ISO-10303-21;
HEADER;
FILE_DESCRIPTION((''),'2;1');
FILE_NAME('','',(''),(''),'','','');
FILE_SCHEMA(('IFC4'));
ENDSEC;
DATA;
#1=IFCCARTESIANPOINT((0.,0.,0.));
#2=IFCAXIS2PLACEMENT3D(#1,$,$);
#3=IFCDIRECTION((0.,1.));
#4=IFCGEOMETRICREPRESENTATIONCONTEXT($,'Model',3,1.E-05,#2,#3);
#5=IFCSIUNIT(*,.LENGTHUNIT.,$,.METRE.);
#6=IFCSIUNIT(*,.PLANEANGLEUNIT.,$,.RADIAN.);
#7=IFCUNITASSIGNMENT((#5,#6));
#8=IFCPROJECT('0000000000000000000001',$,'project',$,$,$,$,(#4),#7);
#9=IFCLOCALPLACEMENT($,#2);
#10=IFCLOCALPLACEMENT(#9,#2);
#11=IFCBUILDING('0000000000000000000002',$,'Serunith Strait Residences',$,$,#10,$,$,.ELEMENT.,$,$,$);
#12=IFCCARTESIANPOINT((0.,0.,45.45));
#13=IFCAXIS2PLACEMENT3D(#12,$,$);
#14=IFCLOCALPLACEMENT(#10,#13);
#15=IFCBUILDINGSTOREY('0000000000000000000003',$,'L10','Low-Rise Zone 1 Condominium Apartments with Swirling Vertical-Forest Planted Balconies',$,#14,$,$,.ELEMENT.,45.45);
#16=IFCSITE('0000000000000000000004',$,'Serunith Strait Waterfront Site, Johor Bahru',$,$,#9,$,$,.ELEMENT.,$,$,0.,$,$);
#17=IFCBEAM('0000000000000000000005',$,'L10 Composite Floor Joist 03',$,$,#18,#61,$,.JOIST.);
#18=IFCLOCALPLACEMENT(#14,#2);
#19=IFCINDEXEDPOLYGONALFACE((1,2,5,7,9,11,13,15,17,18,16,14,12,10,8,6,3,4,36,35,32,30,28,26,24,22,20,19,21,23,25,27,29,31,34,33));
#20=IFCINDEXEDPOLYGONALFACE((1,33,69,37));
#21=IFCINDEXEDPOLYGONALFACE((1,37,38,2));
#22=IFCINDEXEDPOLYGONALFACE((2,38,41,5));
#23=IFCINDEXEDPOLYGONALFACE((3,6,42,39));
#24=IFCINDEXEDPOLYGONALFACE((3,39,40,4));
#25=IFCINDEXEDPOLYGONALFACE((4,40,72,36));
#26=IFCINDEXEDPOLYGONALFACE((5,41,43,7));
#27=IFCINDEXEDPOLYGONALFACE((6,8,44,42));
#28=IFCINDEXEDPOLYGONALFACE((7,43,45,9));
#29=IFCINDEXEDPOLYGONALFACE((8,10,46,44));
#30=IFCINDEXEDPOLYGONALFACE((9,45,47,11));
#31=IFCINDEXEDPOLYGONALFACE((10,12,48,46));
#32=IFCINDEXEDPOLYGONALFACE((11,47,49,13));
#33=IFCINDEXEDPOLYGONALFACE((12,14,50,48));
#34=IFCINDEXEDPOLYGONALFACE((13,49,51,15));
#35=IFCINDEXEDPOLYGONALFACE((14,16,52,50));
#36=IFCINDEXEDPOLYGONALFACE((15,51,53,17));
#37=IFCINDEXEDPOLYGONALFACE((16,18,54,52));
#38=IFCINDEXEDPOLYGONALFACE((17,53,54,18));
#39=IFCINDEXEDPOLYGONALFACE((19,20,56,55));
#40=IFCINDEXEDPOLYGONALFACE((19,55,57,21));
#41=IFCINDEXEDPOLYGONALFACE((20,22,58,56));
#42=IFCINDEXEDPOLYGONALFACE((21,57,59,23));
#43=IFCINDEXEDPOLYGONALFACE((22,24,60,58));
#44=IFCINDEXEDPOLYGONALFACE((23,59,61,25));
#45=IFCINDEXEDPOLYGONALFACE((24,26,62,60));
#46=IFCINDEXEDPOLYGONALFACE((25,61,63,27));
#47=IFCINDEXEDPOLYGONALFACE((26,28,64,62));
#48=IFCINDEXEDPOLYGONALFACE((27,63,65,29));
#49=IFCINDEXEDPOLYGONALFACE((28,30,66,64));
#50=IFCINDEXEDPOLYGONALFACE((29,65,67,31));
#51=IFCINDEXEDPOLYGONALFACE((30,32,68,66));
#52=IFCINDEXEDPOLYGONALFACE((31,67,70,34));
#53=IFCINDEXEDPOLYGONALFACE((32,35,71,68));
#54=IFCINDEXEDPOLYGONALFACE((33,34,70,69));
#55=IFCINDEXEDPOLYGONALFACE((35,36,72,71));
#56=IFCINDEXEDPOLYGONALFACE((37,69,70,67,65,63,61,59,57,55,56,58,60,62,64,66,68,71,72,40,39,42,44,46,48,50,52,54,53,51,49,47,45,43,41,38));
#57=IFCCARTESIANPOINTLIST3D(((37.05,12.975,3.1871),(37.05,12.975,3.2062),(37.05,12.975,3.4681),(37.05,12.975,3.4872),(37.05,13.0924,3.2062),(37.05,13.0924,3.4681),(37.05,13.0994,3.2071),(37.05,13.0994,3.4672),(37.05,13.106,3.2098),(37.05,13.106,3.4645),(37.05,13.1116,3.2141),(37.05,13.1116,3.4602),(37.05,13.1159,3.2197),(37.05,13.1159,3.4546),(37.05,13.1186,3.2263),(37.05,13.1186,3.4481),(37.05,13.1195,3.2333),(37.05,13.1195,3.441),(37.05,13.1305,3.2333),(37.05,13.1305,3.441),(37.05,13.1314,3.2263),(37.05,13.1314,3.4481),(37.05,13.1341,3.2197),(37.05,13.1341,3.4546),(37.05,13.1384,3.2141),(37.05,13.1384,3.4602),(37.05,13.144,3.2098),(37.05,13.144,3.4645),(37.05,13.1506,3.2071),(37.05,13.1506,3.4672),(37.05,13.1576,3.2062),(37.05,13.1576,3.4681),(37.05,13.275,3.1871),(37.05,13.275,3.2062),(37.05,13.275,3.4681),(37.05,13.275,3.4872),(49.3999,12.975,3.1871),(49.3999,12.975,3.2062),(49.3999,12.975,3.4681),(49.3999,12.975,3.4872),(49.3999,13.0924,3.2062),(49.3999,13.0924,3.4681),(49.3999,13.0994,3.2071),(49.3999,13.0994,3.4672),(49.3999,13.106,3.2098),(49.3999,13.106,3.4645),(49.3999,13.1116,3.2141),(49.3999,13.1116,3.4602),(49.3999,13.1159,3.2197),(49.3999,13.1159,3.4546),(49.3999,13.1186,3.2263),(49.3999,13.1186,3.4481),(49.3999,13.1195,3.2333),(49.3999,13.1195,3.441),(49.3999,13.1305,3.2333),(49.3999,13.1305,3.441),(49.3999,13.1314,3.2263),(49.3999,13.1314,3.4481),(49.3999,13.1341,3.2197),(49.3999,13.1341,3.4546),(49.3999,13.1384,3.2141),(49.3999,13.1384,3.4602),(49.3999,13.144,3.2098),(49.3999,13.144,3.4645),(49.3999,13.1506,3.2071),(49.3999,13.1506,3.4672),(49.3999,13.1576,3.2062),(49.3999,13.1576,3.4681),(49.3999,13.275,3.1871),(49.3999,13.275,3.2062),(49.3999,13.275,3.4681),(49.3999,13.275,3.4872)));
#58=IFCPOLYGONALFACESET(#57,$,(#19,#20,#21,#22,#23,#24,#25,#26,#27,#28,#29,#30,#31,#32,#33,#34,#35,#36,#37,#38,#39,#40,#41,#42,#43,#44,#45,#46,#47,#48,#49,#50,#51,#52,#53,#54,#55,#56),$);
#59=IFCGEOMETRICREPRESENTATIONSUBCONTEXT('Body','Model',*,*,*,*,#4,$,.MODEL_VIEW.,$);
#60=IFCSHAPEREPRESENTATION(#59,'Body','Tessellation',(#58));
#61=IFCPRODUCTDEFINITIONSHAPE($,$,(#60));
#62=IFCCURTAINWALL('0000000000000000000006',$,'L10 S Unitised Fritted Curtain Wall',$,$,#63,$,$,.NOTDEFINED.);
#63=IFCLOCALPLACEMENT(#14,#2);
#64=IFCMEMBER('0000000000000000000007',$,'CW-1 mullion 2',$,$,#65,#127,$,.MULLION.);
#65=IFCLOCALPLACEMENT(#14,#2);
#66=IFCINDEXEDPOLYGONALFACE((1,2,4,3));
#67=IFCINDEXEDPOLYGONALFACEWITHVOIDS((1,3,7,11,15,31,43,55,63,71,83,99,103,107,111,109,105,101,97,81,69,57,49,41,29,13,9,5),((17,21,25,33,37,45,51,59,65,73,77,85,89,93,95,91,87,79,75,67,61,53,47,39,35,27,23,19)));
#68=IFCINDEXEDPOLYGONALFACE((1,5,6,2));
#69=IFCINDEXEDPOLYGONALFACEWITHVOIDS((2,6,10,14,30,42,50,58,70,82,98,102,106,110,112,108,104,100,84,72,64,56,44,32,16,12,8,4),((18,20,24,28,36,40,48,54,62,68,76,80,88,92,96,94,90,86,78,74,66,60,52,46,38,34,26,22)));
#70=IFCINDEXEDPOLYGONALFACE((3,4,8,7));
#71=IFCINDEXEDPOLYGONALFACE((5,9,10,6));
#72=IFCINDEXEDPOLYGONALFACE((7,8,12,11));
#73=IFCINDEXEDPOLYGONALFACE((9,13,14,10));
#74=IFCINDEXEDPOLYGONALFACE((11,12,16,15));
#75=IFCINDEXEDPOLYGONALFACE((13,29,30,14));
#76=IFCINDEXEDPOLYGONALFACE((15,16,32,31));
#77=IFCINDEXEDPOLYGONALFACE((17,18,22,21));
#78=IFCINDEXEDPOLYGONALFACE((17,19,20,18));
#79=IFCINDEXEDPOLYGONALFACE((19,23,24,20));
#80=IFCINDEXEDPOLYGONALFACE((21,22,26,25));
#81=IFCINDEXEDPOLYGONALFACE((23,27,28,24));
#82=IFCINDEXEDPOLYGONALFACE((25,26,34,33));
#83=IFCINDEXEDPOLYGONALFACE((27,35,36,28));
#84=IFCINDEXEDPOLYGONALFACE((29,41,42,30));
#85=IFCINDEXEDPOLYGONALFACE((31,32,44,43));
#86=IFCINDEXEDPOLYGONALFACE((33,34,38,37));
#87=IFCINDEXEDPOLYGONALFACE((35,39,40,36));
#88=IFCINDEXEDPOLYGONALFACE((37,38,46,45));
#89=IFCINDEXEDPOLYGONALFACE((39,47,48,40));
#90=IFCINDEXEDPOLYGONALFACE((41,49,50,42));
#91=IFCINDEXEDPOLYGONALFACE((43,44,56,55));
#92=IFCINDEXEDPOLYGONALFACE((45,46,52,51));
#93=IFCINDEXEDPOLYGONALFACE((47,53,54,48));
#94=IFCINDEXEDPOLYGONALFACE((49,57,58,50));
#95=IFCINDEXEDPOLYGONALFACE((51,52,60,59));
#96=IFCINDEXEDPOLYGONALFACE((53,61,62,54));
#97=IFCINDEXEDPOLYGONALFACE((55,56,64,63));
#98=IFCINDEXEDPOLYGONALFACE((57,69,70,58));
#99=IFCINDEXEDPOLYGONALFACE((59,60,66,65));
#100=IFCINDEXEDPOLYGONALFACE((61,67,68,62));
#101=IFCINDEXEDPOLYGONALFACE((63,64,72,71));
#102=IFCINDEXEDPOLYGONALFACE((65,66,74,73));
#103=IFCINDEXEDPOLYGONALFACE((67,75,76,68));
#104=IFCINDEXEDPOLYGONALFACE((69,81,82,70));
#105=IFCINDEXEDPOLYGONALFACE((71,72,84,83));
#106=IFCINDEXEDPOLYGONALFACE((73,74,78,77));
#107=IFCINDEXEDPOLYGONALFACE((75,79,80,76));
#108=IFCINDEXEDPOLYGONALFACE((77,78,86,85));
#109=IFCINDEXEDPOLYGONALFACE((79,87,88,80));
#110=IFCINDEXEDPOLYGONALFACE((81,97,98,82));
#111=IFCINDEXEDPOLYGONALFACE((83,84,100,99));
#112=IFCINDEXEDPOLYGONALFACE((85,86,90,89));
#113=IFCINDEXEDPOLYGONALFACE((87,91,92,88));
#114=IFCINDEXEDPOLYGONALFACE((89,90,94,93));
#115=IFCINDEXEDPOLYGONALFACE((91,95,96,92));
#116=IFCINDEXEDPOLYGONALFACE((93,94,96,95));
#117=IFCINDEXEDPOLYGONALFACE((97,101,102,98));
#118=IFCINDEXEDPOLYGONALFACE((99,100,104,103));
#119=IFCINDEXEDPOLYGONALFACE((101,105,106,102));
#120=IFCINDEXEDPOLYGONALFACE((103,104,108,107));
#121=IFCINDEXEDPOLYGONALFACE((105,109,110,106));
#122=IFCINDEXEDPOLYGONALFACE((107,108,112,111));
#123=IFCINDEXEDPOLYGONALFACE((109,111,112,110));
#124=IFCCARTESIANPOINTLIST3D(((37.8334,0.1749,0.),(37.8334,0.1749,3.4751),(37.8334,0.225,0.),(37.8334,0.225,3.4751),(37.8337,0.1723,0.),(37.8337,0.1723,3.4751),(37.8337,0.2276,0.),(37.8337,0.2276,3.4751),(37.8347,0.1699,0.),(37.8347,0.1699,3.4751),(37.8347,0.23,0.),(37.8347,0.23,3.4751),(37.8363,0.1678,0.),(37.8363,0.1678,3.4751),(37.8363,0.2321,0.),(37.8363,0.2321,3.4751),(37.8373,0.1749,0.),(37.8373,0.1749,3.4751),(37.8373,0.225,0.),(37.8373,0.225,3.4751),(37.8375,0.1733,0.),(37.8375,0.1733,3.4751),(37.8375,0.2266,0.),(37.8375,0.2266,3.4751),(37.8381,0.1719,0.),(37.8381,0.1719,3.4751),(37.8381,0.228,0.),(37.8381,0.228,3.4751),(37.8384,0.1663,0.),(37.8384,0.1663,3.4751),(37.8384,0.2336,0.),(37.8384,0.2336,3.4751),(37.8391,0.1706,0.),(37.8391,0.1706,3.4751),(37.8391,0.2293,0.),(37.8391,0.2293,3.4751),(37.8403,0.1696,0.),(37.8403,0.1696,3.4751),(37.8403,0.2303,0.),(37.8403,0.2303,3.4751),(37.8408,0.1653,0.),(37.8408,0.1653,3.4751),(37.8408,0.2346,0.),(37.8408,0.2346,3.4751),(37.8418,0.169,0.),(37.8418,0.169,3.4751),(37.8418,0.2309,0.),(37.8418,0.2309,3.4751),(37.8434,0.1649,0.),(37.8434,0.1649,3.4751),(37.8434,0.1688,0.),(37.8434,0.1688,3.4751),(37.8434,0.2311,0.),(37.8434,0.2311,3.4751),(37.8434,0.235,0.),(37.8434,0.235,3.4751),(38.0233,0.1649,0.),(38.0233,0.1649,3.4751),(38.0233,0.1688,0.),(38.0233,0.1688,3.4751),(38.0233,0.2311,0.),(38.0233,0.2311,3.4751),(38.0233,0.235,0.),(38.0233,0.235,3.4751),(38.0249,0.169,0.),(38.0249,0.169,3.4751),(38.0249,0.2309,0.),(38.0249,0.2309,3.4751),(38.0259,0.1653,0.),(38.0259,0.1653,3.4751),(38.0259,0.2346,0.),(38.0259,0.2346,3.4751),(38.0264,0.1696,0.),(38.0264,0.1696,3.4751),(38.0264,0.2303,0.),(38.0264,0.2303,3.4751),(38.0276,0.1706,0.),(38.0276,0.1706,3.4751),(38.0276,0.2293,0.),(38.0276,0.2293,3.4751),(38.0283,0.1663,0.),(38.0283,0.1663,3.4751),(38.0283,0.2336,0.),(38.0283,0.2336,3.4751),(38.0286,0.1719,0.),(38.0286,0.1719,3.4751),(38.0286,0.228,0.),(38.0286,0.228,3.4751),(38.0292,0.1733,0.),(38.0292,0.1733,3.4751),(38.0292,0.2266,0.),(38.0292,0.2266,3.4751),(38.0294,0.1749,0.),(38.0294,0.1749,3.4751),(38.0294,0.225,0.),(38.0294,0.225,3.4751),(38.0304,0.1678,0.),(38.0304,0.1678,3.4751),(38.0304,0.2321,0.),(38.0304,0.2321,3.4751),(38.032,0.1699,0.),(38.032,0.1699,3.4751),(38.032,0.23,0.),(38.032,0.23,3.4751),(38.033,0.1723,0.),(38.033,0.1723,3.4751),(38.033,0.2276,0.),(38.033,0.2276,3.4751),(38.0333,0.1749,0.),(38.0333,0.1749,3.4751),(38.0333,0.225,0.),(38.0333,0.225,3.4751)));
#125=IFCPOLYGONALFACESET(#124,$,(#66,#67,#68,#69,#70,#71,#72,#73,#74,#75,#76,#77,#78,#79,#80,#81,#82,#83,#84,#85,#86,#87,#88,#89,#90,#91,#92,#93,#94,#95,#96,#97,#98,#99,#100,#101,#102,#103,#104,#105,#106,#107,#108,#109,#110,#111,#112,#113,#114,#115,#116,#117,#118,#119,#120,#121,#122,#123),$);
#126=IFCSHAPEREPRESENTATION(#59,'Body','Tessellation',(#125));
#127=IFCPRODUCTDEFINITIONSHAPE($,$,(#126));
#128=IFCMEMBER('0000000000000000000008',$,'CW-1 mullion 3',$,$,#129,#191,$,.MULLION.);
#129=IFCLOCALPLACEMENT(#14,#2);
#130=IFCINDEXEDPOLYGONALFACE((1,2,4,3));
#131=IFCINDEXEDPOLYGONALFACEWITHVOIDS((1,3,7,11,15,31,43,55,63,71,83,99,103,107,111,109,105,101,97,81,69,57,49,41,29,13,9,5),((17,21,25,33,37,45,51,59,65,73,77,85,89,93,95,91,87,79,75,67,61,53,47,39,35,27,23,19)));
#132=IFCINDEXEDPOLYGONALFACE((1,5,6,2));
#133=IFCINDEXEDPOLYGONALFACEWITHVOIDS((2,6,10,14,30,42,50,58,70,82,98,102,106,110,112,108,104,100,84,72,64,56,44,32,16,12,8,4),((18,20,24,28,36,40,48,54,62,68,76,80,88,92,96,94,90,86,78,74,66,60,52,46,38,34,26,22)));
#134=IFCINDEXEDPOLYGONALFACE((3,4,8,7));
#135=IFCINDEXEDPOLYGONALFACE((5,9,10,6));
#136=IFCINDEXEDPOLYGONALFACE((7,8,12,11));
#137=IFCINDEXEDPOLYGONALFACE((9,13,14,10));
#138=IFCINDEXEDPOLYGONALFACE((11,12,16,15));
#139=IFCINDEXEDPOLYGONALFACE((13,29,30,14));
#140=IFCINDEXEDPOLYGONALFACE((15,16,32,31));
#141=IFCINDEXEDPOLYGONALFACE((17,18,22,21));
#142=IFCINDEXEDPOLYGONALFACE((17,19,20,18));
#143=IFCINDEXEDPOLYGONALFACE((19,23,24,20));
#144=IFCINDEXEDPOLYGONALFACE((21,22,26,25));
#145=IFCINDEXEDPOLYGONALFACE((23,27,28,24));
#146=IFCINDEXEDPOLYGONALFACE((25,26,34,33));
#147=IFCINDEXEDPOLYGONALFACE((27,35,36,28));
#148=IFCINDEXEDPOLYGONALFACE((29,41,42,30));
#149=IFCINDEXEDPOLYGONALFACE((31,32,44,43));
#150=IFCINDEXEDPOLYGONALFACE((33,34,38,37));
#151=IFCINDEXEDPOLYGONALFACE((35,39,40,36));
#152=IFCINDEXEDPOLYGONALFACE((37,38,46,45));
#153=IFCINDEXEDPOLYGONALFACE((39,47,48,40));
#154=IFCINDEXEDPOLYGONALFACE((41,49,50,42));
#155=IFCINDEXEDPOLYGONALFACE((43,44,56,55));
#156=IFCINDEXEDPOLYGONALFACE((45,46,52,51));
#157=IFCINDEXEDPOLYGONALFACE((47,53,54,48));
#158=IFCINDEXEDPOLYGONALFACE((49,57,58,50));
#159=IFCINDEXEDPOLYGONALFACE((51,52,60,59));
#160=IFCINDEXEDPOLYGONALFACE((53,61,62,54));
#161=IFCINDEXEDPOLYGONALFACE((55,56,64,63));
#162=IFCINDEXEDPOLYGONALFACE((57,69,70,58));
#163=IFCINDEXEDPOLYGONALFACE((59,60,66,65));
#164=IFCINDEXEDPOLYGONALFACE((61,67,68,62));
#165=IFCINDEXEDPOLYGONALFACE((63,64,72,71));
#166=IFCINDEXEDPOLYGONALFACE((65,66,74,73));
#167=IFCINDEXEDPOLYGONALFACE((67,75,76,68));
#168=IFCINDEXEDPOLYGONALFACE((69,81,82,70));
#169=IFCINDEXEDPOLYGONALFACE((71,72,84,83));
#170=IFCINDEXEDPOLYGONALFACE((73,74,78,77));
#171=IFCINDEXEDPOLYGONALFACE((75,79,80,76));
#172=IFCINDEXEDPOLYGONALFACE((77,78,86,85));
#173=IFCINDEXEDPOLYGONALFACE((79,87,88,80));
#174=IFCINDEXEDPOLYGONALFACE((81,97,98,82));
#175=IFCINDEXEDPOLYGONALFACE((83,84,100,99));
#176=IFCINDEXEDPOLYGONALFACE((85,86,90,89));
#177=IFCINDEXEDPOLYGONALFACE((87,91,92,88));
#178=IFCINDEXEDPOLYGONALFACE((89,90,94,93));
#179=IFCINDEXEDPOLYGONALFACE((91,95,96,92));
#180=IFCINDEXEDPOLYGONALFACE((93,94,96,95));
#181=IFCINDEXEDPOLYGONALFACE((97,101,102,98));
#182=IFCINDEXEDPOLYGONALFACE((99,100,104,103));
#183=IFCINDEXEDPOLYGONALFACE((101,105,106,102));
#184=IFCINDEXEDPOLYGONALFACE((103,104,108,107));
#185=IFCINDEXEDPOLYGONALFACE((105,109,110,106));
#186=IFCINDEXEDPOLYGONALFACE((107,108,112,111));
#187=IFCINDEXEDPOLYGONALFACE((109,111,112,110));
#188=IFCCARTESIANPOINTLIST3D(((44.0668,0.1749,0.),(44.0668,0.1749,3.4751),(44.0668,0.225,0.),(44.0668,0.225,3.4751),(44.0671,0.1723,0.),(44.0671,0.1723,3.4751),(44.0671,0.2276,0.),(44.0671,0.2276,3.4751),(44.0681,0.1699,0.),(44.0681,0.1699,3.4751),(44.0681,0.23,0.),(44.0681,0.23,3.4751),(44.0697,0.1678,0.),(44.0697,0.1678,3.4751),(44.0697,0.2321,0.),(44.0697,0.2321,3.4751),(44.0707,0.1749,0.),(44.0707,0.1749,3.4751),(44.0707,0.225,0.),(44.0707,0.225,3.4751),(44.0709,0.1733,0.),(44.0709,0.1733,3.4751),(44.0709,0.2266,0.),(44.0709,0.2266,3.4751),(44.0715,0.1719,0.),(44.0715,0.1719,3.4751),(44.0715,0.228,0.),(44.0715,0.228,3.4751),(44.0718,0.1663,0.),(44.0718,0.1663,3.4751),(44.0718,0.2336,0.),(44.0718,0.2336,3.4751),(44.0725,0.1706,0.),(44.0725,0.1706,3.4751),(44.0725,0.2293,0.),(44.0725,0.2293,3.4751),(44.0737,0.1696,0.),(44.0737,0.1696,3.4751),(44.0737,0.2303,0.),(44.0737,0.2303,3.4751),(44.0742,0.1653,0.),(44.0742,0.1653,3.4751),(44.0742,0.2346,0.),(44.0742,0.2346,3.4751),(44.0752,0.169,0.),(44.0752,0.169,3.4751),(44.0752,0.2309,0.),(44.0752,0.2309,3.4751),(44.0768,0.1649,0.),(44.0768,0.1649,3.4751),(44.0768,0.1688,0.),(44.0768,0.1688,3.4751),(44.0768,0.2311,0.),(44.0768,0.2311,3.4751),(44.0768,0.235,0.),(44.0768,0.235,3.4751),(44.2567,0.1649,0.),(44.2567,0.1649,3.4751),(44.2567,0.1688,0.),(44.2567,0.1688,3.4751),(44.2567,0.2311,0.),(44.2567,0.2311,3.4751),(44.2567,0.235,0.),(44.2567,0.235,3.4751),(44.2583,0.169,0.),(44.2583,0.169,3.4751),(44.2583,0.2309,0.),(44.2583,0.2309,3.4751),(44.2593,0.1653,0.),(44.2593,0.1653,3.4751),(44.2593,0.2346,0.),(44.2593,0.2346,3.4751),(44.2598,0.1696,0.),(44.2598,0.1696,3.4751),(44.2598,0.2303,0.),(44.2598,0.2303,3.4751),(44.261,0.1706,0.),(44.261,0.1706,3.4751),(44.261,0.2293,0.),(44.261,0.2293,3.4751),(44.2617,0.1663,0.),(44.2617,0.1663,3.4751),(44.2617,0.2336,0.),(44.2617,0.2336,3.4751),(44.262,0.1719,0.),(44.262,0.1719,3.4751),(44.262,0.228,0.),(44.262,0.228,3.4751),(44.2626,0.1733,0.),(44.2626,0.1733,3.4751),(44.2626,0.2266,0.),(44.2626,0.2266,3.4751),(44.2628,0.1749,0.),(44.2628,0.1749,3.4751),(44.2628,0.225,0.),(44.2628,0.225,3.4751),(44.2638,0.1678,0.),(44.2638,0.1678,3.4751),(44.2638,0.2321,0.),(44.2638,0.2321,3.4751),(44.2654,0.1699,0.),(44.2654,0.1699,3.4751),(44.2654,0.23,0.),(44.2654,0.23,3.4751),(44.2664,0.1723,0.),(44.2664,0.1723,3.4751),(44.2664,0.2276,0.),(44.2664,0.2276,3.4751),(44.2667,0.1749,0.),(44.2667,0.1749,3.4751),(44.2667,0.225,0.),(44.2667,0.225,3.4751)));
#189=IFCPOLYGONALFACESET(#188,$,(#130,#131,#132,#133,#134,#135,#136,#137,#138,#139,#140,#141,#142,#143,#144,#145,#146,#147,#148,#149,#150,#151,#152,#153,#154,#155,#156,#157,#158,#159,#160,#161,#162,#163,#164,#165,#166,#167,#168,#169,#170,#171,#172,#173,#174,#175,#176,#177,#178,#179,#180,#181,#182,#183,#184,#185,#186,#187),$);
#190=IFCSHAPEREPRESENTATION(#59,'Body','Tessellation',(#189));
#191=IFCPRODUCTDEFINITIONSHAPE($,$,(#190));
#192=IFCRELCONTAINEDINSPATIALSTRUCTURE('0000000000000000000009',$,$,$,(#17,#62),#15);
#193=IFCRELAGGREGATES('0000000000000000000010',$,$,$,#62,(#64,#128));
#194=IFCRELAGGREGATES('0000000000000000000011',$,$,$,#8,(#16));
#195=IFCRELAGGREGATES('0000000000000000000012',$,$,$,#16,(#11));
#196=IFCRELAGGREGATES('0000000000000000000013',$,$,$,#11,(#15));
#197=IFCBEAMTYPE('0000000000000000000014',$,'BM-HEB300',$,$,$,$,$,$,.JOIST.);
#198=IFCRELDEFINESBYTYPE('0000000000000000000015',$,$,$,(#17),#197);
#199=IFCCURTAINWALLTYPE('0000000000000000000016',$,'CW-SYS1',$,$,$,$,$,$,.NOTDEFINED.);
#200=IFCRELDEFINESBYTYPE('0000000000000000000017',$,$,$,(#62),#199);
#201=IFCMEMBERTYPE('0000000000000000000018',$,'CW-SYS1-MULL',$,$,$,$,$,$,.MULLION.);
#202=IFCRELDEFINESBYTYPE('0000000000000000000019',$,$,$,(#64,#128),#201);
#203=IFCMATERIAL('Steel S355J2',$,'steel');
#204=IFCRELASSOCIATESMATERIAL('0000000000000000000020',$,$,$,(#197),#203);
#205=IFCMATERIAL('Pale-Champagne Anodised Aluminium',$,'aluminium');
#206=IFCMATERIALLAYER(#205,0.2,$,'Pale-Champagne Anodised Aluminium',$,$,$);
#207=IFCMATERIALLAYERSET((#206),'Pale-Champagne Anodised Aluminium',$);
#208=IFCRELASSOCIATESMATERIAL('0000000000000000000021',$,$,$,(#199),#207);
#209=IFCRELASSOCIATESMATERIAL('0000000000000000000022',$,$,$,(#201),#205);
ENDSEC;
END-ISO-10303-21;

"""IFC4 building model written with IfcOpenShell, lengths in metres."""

from ifc_helpers import new_model, si_unit, direction, frame, origin, origin_2d, place, context, subcontext, project, spatial, hollow_rectangle, i_section, extrude, source, transform, mapped, material, layer, layer_set, material_profile, profile_set, type_object, element, aggregate, save


model = new_model("IFC4")

# Units and contexts
model_context = context("Model", 3, precision=1e-05, world=origin(), true_north=direction((0.0, 1.0)))
body_context = subcontext(model_context, "Body", "Model", "MODEL_VIEW")
ifc_project = project(units=[si_unit("LENGTHUNIT", "METRE"), si_unit("PLANEANGLEUNIT", "RADIAN")], contexts=[model_context])

# Site, building, storey
site_placement = place(None, origin())
site = spatial("IfcSite", under=ifc_project, at=site_placement, Name="Serunith Strait Waterfront Site, Johor Bahru", CompositionType="ELEMENT", RefElevation=0.0)
building_placement = place(site_placement, origin())
building = spatial("IfcBuilding", under=site, at=building_placement, Name="Serunith Strait Residences", CompositionType="ELEMENT")
storey_placement = place(building_placement, frame((0.0, 0.0, 45.45)))
storey = spatial("IfcBuildingStorey", under=building, at=storey_placement, Name="L10", Description="Low-Rise Zone 1 Condominium Apartments with Swirling Vertical-Forest Planted Balconies", CompositionType="ELEMENT", Elevation=45.45)

# Beam
ifc_material_1 = material(Name="Steel S355J2", Category="steel")
ifc_material_profile_1 = material_profile(ifc_material_1, i_section(OverallWidth=0.3, OverallDepth=0.3, WebThickness=0.011, FlangeThickness=0.019, FilletRadius=0.0271, at=origin_2d()), Name="HEB 300")
ifc_profile_set_1 = profile_set([ifc_material_profile_1], Name="Steel S355J2")
beam_type_1 = type_object("IfcBeamType", Name="BM-HEB300", PredefinedType="JOIST", material=ifc_profile_set_1)
shared_shape_1 = source(origin(), body_context, "Body", "SweptSolid", [
    extrude(i_section(OverallWidth=0.3, OverallDepth=0.3, WebThickness=0.011, FlangeThickness=0.019, FilletRadius=0.0271, at=origin_2d()), origin(), (0.0, 0.0, 1.0), 12.3499),
])
beam_1_placement = place(storey_placement, frame((37.05, 13.125, 3.3372), z_axis=(1.0, 0.0, 0.0), x_axis=(0.0, 1.0, 0.0)))
element("IfcBeam", 1, at=beam_1_placement, inside=storey, type_object=beam_type_1, Name="L10 Composite Floor Joist 03", PredefinedType="JOIST", context=body_context, shape_type="MappedRepresentation", body=[
    mapped(shared_shape_1, transform((0.0, 0.0, 0.0), scale=1.0)),
])

# Curtain wall, members
ifc_material_2 = material(Name="Pale-Champagne Anodised Aluminium", Category="aluminium")
ifc_layer_1 = layer(ifc_material_2, 0.2, Name="Pale-Champagne Anodised Aluminium")
ifc_layer_set_1 = layer_set([ifc_layer_1], Name="Pale-Champagne Anodised Aluminium")
curtain_wall_type = type_object("IfcCurtainWallType", Name="CW-SYS1", PredefinedType="NOTDEFINED", material=ifc_layer_set_1)
curtain_wall_placement = place(storey_placement, origin())
curtain_wall = element("IfcCurtainWall", 2, at=curtain_wall_placement, inside=storey, type_object=curtain_wall_type, Name="L10 S Unitised Fritted Curtain Wall", PredefinedType="NOTDEFINED")
ifc_material_profile_2 = material_profile(ifc_material_2, hollow_rectangle(XDim=0.0701, YDim=0.2, WallThickness=0.0039, InnerFilletRadius=0.0061, OuterFilletRadius=0.01, at=origin_2d()), Name="ALU 200x70x4")
ifc_profile_set_2 = profile_set([ifc_material_profile_2], Name="Pale-Champagne Anodised Aluminium")
member_type_1 = type_object("IfcMemberType", Name="CW-SYS1-MULL", PredefinedType="MULLION", material=ifc_profile_set_2)
shared_shape_2 = source(origin(), body_context, "Body", "SweptSolid", [
    extrude(hollow_rectangle(XDim=0.0701, YDim=0.2, WallThickness=0.0039, InnerFilletRadius=0.0061, OuterFilletRadius=0.01, at=origin_2d()), origin(), (0.0, 0.0, 1.0), 3.4751),
])
member_1_placement = place(storey_placement, frame((37.9333, 0.2, 0.0), z_axis=(0.0, 0.0, 1.0), x_axis=(0.0, 1.0, 0.0)))
member_1 = element("IfcMember", 3, at=member_1_placement, type_object=member_type_1, Name="CW-1 mullion 2", PredefinedType="MULLION", context=body_context, shape_type="MappedRepresentation", body=[
    mapped(shared_shape_2, transform((0.0, 0.0, 0.0), scale=1.0)),
])
member_2_placement = place(storey_placement, frame((44.1667, 0.2, 0.0), z_axis=(0.0, 0.0, 1.0), x_axis=(0.0, 1.0, 0.0)))
member_2 = element("IfcMember", 4, at=member_2_placement, type_object=member_type_1, Name="CW-1 mullion 3", PredefinedType="MULLION", context=body_context, shape_type="MappedRepresentation", body=[
    mapped(shared_shape_2, transform((0.0, 0.0, 0.0), scale=1.0)),
])
aggregate(curtain_wall, [member_1, member_2])

save(model, "model.ifc")
